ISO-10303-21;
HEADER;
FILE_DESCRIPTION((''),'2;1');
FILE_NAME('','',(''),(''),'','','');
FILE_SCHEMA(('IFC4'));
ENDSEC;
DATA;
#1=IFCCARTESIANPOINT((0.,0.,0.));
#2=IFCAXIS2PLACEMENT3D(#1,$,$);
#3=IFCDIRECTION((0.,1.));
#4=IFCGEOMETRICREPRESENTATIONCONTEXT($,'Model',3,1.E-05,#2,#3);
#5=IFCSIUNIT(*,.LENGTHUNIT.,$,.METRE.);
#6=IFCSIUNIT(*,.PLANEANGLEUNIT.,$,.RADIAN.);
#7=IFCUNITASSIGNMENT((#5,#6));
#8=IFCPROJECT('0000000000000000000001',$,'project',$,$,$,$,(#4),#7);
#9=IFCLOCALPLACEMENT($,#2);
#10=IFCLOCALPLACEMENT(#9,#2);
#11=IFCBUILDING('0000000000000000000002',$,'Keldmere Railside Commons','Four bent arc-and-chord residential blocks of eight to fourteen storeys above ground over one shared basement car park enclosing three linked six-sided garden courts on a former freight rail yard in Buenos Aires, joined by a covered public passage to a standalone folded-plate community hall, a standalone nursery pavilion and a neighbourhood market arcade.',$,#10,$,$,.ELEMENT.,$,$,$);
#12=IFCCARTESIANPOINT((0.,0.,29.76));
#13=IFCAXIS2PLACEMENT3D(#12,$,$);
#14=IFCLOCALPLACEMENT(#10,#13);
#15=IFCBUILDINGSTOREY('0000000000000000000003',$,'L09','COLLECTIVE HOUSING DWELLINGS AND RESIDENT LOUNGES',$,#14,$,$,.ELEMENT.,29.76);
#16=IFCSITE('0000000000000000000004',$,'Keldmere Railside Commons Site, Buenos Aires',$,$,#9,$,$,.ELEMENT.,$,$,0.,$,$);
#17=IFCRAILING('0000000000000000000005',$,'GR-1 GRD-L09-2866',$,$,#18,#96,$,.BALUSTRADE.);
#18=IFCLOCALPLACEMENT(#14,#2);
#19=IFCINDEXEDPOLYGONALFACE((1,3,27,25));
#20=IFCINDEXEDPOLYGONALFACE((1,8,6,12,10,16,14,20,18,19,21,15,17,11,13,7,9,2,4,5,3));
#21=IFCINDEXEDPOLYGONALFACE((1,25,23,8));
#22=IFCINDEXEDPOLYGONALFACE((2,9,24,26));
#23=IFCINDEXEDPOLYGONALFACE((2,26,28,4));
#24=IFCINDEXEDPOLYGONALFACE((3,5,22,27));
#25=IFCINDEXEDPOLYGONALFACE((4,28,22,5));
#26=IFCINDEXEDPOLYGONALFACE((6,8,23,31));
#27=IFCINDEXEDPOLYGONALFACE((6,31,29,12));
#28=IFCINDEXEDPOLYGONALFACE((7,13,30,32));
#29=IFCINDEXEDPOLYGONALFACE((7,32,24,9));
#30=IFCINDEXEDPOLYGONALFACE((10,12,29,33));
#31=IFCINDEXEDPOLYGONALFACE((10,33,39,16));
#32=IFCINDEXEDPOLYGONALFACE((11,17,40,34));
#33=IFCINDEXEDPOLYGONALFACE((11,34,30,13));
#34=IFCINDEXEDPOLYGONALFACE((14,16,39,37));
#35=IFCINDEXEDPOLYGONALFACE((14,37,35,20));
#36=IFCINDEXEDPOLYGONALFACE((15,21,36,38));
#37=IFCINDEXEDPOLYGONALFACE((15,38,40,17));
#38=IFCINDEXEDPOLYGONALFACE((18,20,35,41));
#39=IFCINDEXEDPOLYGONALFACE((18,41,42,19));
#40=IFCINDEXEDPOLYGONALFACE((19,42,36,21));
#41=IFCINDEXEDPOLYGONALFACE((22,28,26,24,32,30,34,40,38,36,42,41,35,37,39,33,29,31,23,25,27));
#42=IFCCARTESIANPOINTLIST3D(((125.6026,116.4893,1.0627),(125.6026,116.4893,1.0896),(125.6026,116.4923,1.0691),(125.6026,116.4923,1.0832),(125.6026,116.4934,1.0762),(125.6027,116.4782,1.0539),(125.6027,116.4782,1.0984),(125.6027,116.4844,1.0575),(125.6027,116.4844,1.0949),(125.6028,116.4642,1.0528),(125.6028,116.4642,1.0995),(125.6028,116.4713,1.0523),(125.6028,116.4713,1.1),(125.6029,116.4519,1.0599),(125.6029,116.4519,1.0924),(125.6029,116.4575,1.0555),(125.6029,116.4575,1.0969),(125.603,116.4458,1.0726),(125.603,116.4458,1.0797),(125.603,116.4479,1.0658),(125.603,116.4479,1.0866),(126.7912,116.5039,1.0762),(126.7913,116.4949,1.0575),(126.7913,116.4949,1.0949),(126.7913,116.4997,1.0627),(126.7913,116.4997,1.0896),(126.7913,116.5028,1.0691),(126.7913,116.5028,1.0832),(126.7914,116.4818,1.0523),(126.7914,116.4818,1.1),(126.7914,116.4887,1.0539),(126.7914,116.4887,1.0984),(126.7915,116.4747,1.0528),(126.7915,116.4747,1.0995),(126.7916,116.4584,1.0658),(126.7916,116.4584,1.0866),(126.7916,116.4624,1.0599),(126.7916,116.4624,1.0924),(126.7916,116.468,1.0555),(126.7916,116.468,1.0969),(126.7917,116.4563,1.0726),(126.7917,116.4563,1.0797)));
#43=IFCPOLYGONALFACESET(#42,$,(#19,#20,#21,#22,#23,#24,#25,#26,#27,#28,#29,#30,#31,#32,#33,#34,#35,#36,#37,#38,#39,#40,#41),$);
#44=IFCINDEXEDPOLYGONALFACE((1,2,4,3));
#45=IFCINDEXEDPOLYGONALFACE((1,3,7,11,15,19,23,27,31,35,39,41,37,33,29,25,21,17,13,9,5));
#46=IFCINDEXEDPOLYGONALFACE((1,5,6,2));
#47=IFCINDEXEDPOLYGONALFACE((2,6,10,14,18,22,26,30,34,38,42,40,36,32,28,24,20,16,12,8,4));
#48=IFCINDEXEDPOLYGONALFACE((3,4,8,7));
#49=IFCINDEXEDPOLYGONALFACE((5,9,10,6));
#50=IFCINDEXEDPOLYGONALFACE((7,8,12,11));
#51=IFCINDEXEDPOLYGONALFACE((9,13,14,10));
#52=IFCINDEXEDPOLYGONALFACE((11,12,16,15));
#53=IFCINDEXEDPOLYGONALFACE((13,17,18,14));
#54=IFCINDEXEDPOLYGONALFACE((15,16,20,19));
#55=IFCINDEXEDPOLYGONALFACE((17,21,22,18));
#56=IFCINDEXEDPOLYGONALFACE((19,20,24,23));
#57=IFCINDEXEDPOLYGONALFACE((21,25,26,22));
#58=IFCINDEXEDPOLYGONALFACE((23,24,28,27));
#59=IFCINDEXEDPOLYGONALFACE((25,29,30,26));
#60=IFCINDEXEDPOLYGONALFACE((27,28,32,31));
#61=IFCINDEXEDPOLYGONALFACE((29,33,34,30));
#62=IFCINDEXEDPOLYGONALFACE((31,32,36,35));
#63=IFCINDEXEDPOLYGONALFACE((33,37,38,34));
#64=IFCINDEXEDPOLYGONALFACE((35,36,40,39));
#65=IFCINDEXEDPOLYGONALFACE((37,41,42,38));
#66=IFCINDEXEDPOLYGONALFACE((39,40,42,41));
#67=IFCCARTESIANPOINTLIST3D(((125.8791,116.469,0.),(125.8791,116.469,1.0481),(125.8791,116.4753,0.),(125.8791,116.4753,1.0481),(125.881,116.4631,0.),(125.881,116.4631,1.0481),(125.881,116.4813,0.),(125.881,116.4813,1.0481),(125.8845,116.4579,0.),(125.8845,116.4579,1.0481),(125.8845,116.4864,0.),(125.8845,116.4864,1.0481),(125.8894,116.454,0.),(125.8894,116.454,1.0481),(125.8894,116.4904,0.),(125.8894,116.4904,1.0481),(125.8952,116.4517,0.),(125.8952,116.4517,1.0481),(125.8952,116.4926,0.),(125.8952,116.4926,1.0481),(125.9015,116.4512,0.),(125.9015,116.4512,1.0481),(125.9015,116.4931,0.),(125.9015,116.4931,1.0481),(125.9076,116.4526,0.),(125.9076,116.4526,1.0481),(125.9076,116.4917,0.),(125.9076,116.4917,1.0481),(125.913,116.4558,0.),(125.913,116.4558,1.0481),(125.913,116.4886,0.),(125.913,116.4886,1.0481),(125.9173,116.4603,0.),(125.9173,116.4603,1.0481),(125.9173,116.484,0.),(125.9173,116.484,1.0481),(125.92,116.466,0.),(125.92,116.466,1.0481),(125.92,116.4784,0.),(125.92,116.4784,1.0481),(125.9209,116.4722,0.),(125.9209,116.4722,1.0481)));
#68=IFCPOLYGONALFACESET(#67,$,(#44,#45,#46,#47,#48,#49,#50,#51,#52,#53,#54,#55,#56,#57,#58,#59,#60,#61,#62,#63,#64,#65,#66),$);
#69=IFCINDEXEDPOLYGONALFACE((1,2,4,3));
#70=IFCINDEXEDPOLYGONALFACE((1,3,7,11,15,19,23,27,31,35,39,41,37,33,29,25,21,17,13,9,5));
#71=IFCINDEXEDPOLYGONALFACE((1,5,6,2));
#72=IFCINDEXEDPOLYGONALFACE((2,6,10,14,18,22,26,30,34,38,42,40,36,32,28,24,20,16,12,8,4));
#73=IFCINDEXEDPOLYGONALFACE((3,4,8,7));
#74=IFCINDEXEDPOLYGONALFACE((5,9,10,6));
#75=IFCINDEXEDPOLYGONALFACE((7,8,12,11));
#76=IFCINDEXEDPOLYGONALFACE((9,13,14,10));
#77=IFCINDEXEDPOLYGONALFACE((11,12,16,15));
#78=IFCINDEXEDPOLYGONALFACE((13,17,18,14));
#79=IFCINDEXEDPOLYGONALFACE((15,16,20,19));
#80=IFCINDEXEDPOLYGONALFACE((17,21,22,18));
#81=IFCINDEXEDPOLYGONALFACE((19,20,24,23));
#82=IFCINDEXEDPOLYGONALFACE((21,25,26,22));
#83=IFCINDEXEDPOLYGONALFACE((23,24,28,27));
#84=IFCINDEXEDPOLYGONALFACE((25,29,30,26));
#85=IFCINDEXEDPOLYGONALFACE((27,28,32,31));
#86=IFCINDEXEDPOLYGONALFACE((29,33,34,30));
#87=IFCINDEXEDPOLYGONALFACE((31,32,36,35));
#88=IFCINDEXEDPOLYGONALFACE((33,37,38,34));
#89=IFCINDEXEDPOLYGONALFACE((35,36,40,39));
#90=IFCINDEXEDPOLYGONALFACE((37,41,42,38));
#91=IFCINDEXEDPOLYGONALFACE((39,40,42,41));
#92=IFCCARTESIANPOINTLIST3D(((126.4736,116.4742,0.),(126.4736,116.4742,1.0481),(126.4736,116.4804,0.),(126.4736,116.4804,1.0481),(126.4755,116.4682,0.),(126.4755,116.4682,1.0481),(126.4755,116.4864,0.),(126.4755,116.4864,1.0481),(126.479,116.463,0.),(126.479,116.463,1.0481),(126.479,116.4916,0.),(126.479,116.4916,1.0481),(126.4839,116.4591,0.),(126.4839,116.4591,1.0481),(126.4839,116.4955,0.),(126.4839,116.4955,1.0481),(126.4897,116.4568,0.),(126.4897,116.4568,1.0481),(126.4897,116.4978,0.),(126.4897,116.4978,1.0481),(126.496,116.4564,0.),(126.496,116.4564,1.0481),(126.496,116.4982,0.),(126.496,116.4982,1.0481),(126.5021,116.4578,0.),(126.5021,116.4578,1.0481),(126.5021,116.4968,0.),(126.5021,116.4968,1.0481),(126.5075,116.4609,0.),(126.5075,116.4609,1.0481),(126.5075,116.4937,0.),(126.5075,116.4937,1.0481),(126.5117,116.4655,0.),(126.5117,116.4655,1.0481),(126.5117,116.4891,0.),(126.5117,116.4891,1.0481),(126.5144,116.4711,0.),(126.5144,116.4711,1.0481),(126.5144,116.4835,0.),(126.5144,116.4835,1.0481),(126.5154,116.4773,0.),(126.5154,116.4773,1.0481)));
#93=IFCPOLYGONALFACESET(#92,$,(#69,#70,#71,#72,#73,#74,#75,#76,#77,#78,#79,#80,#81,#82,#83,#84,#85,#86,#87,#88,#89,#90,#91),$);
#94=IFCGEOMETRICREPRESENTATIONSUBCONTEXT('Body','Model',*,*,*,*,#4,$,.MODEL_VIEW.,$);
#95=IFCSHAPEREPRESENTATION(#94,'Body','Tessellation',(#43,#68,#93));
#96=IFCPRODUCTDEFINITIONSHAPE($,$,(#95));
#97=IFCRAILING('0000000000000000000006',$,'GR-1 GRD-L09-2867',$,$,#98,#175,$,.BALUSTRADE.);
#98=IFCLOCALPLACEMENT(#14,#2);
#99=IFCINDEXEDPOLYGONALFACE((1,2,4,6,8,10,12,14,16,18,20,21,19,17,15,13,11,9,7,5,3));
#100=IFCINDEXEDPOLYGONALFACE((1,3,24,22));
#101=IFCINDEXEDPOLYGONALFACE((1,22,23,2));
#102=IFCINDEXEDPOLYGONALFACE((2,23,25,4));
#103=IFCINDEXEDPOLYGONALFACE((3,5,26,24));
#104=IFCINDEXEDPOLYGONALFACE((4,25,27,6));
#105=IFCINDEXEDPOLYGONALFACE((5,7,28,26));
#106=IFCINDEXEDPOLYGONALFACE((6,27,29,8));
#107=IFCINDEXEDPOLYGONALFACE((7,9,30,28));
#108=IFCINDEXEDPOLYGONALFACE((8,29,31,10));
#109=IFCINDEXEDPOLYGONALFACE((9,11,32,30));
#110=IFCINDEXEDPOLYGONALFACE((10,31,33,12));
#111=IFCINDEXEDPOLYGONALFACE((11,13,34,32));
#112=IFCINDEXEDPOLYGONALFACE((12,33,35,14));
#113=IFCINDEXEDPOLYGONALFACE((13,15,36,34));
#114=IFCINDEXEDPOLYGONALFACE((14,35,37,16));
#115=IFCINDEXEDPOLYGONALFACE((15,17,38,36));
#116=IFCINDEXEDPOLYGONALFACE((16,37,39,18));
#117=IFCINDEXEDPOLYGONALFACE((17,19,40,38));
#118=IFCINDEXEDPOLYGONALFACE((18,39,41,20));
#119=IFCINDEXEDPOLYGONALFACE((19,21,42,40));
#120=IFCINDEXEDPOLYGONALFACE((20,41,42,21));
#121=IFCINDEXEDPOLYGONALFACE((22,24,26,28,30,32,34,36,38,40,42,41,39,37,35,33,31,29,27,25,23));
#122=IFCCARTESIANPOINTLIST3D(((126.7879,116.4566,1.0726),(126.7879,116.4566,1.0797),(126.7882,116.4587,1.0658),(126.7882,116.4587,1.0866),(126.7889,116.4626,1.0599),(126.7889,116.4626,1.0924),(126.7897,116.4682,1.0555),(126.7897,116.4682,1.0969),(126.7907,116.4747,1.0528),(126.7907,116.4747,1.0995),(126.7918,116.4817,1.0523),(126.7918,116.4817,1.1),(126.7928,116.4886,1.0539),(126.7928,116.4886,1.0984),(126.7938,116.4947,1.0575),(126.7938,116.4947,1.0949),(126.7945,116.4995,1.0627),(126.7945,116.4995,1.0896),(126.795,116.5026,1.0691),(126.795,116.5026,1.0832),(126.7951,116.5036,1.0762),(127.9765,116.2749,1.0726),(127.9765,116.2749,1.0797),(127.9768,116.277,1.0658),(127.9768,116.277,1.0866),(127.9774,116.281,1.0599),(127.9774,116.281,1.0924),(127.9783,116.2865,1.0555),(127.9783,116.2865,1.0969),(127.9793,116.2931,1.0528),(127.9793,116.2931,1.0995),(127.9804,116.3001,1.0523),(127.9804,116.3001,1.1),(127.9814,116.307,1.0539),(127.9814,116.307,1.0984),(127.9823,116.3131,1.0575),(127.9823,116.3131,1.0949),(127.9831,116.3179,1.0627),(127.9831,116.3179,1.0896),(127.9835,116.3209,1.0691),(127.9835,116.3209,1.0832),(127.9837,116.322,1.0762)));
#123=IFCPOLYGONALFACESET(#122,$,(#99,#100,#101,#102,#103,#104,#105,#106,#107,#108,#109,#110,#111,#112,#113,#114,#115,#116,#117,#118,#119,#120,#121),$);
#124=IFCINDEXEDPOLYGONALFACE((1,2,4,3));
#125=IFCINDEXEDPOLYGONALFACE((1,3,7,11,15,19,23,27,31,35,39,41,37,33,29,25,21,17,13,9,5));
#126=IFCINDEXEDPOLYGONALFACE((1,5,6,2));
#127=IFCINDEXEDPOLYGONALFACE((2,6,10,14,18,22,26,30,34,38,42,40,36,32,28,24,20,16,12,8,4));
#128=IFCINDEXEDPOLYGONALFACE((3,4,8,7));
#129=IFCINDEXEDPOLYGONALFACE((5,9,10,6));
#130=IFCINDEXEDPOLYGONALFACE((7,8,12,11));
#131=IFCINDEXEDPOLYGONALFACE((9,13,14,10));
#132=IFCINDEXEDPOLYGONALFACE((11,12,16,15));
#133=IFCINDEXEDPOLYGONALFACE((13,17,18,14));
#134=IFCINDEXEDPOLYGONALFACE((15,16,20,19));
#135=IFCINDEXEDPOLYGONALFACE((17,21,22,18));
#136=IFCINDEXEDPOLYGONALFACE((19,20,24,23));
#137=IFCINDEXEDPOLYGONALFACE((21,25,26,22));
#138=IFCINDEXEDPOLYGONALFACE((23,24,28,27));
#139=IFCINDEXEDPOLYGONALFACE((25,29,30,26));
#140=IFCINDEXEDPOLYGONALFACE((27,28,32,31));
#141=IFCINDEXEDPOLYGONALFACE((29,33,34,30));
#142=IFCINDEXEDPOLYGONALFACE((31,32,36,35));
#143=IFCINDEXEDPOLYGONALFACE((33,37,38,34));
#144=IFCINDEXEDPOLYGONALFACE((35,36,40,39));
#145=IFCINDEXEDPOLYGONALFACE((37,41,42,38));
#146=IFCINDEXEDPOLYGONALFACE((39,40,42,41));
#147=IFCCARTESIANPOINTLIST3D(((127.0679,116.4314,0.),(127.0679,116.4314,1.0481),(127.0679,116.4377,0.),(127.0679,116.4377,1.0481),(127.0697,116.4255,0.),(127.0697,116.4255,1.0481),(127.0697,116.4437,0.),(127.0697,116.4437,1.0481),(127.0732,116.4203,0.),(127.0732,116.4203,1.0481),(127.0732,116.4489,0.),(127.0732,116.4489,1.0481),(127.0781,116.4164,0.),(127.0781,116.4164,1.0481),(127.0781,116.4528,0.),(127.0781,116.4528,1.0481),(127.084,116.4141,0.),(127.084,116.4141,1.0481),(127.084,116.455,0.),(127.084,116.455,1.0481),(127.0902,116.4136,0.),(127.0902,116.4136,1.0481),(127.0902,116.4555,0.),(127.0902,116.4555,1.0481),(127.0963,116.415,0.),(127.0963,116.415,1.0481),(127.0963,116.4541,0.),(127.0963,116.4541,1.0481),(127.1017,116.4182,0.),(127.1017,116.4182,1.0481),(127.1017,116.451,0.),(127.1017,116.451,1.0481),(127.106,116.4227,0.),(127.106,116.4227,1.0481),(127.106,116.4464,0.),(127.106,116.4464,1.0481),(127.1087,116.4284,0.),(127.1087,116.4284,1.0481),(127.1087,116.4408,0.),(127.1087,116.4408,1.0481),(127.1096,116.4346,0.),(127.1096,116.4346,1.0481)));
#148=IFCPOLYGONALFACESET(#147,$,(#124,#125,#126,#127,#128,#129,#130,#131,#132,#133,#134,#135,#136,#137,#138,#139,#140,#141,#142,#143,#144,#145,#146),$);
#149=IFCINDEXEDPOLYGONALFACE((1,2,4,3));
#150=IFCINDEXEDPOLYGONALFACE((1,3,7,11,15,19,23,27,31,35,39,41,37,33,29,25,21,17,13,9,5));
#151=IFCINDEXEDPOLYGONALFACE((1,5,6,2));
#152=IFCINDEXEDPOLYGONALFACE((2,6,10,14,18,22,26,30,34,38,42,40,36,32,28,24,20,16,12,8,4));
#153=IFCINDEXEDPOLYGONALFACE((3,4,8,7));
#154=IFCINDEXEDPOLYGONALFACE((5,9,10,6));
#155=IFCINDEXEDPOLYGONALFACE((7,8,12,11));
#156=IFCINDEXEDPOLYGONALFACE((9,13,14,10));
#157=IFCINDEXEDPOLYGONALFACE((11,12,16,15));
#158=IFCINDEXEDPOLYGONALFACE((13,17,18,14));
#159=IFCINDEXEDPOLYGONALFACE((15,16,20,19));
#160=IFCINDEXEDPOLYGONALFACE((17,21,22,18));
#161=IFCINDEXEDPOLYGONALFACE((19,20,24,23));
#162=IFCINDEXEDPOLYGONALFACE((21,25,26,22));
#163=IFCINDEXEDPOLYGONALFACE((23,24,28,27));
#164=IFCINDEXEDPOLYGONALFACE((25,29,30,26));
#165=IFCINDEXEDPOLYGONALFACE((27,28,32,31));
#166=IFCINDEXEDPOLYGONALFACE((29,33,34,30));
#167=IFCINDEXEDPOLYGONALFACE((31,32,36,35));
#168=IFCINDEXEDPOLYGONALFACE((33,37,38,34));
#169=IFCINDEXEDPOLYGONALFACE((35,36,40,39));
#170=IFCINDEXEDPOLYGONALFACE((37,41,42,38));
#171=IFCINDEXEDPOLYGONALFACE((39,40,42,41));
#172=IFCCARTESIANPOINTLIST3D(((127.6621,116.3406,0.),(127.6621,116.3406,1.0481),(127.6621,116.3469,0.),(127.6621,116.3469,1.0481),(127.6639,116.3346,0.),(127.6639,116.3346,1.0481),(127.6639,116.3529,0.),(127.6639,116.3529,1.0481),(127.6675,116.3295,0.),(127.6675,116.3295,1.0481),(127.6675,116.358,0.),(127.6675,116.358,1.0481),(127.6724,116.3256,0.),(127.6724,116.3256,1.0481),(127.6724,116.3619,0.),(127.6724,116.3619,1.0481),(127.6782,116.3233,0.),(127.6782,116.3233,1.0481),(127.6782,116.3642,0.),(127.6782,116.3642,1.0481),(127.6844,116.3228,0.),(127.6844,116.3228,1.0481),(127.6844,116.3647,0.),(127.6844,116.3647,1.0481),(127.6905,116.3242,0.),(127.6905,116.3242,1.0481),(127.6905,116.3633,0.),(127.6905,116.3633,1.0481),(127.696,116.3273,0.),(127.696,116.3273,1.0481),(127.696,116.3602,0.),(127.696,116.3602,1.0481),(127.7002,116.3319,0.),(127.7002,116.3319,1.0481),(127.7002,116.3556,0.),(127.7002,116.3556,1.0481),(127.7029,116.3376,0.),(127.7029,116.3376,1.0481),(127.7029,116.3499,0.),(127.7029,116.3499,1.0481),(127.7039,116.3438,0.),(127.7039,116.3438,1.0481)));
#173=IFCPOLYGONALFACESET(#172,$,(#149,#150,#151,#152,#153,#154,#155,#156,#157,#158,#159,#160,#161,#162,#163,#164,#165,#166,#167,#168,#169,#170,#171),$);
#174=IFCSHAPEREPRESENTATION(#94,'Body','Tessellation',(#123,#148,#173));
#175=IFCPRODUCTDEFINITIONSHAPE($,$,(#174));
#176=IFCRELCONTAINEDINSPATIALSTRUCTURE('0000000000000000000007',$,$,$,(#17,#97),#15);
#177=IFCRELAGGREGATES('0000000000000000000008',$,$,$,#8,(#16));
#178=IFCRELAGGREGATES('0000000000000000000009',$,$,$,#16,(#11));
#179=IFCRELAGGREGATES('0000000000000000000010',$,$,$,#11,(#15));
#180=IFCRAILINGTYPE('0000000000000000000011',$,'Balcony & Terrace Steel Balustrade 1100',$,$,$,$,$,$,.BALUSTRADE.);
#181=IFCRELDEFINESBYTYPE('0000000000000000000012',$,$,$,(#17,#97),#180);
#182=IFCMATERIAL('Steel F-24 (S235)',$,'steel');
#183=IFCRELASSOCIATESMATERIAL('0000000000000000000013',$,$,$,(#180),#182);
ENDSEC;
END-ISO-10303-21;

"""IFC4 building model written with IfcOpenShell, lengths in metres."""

from ifc_helpers import new_model, si_unit, direction, frame, origin, origin_2d, place, context, subcontext, project, spatial, circle, extrude, material, type_object, element, save


model = new_model("IFC4")

# Units and contexts
model_context = context("Model", 3, precision=1e-05, world=origin(), true_north=direction((0.0, 1.0)))
body_context = subcontext(model_context, "Body", "Model", "MODEL_VIEW")
ifc_project = project(units=[si_unit("LENGTHUNIT", "METRE"), si_unit("PLANEANGLEUNIT", "RADIAN")], contexts=[model_context])

# Site, building, storey
site_placement = place(None, origin())
site = spatial("IfcSite", under=ifc_project, at=site_placement, Name="Keldmere Railside Commons Site, Buenos Aires", CompositionType="ELEMENT", RefElevation=0.0)
building_placement = place(site_placement, origin())
building = spatial("IfcBuilding", under=site, at=building_placement, Name="Keldmere Railside Commons", Description="Four bent arc-and-chord residential blocks of eight to fourteen storeys above ground over one shared basement car park enclosing three linked six-sided garden courts on a former freight rail yard in Buenos Aires, joined by a covered public passage to a standalone folded-plate community hall, a standalone nursery pavilion and a neighbourhood market arcade.", CompositionType="ELEMENT")
storey_placement = place(building_placement, frame((0.0, 0.0, 29.76)))
storey = spatial("IfcBuildingStorey", under=building, at=storey_placement, Name="L09", Description="COLLECTIVE HOUSING DWELLINGS AND RESIDENT LOUNGES", CompositionType="ELEMENT", Elevation=29.76)

# Shared definitions
ifc_material_1 = material(Name="Steel F-24 (S235)", Category="steel")

# Railings
railing_type = type_object("IfcRailingType", Name="Balcony & Terrace Steel Balustrade 1100", PredefinedType="BALUSTRADE", material=ifc_material_1)
railing_1_placement = place(storey_placement, frame((125.6028, 116.4695, 0.0)))
element("IfcRailing", 1, at=railing_1_placement, inside=storey, type_object=railing_type, Name="GR-1 GRD-L09-2866", PredefinedType="BALUSTRADE", context=body_context, shape_type="SweptSolid", body=[
    extrude(circle(Radius=0.0239, at=origin_2d()), frame((0.0, 0.0, 1.0762), z_axis=(0.999961, 0.008831, 0.0), x_axis=(-0.008831, 0.999961, 0.0)), (0.0, 0.0, 1.0), 1.1887),
    extrude(circle(Radius=0.021, at=origin_2d()), frame((0.2971, 0.0027, 0.0)), (0.0, 0.0, 1.0), 1.0481),
    extrude(circle(Radius=0.021, at=origin_2d()), frame((0.8916, 0.0078, 0.0)), (0.0, 0.0, 1.0), 1.0481),
])
railing_2_placement = place(storey_placement, frame((126.7915, 116.48, 0.0)))
element("IfcRailing", 2, at=railing_2_placement, inside=storey, type_object=railing_type, Name="GR-1 GRD-L09-2867", PredefinedType="BALUSTRADE", context=body_context, shape_type="SweptSolid", body=[
    extrude(circle(Radius=0.0239, at=origin_2d()), frame((0.0, 0.0, 1.0762), z_axis=(0.988521, -0.151081, 0.0), x_axis=(0.151081, 0.988521, 0.0)), (0.0, 0.0, 1.0), 1.2024),
    extrude(circle(Radius=0.021, at=origin_2d()), frame((0.2971, -0.0454, 0.0)), (0.0, 0.0, 1.0), 1.0481),
    extrude(circle(Radius=0.021, at=origin_2d()), frame((0.8914, -0.1362, 0.0)), (0.0, 0.0, 1.0), 1.0481),
])

save(model, "model.ifc")
